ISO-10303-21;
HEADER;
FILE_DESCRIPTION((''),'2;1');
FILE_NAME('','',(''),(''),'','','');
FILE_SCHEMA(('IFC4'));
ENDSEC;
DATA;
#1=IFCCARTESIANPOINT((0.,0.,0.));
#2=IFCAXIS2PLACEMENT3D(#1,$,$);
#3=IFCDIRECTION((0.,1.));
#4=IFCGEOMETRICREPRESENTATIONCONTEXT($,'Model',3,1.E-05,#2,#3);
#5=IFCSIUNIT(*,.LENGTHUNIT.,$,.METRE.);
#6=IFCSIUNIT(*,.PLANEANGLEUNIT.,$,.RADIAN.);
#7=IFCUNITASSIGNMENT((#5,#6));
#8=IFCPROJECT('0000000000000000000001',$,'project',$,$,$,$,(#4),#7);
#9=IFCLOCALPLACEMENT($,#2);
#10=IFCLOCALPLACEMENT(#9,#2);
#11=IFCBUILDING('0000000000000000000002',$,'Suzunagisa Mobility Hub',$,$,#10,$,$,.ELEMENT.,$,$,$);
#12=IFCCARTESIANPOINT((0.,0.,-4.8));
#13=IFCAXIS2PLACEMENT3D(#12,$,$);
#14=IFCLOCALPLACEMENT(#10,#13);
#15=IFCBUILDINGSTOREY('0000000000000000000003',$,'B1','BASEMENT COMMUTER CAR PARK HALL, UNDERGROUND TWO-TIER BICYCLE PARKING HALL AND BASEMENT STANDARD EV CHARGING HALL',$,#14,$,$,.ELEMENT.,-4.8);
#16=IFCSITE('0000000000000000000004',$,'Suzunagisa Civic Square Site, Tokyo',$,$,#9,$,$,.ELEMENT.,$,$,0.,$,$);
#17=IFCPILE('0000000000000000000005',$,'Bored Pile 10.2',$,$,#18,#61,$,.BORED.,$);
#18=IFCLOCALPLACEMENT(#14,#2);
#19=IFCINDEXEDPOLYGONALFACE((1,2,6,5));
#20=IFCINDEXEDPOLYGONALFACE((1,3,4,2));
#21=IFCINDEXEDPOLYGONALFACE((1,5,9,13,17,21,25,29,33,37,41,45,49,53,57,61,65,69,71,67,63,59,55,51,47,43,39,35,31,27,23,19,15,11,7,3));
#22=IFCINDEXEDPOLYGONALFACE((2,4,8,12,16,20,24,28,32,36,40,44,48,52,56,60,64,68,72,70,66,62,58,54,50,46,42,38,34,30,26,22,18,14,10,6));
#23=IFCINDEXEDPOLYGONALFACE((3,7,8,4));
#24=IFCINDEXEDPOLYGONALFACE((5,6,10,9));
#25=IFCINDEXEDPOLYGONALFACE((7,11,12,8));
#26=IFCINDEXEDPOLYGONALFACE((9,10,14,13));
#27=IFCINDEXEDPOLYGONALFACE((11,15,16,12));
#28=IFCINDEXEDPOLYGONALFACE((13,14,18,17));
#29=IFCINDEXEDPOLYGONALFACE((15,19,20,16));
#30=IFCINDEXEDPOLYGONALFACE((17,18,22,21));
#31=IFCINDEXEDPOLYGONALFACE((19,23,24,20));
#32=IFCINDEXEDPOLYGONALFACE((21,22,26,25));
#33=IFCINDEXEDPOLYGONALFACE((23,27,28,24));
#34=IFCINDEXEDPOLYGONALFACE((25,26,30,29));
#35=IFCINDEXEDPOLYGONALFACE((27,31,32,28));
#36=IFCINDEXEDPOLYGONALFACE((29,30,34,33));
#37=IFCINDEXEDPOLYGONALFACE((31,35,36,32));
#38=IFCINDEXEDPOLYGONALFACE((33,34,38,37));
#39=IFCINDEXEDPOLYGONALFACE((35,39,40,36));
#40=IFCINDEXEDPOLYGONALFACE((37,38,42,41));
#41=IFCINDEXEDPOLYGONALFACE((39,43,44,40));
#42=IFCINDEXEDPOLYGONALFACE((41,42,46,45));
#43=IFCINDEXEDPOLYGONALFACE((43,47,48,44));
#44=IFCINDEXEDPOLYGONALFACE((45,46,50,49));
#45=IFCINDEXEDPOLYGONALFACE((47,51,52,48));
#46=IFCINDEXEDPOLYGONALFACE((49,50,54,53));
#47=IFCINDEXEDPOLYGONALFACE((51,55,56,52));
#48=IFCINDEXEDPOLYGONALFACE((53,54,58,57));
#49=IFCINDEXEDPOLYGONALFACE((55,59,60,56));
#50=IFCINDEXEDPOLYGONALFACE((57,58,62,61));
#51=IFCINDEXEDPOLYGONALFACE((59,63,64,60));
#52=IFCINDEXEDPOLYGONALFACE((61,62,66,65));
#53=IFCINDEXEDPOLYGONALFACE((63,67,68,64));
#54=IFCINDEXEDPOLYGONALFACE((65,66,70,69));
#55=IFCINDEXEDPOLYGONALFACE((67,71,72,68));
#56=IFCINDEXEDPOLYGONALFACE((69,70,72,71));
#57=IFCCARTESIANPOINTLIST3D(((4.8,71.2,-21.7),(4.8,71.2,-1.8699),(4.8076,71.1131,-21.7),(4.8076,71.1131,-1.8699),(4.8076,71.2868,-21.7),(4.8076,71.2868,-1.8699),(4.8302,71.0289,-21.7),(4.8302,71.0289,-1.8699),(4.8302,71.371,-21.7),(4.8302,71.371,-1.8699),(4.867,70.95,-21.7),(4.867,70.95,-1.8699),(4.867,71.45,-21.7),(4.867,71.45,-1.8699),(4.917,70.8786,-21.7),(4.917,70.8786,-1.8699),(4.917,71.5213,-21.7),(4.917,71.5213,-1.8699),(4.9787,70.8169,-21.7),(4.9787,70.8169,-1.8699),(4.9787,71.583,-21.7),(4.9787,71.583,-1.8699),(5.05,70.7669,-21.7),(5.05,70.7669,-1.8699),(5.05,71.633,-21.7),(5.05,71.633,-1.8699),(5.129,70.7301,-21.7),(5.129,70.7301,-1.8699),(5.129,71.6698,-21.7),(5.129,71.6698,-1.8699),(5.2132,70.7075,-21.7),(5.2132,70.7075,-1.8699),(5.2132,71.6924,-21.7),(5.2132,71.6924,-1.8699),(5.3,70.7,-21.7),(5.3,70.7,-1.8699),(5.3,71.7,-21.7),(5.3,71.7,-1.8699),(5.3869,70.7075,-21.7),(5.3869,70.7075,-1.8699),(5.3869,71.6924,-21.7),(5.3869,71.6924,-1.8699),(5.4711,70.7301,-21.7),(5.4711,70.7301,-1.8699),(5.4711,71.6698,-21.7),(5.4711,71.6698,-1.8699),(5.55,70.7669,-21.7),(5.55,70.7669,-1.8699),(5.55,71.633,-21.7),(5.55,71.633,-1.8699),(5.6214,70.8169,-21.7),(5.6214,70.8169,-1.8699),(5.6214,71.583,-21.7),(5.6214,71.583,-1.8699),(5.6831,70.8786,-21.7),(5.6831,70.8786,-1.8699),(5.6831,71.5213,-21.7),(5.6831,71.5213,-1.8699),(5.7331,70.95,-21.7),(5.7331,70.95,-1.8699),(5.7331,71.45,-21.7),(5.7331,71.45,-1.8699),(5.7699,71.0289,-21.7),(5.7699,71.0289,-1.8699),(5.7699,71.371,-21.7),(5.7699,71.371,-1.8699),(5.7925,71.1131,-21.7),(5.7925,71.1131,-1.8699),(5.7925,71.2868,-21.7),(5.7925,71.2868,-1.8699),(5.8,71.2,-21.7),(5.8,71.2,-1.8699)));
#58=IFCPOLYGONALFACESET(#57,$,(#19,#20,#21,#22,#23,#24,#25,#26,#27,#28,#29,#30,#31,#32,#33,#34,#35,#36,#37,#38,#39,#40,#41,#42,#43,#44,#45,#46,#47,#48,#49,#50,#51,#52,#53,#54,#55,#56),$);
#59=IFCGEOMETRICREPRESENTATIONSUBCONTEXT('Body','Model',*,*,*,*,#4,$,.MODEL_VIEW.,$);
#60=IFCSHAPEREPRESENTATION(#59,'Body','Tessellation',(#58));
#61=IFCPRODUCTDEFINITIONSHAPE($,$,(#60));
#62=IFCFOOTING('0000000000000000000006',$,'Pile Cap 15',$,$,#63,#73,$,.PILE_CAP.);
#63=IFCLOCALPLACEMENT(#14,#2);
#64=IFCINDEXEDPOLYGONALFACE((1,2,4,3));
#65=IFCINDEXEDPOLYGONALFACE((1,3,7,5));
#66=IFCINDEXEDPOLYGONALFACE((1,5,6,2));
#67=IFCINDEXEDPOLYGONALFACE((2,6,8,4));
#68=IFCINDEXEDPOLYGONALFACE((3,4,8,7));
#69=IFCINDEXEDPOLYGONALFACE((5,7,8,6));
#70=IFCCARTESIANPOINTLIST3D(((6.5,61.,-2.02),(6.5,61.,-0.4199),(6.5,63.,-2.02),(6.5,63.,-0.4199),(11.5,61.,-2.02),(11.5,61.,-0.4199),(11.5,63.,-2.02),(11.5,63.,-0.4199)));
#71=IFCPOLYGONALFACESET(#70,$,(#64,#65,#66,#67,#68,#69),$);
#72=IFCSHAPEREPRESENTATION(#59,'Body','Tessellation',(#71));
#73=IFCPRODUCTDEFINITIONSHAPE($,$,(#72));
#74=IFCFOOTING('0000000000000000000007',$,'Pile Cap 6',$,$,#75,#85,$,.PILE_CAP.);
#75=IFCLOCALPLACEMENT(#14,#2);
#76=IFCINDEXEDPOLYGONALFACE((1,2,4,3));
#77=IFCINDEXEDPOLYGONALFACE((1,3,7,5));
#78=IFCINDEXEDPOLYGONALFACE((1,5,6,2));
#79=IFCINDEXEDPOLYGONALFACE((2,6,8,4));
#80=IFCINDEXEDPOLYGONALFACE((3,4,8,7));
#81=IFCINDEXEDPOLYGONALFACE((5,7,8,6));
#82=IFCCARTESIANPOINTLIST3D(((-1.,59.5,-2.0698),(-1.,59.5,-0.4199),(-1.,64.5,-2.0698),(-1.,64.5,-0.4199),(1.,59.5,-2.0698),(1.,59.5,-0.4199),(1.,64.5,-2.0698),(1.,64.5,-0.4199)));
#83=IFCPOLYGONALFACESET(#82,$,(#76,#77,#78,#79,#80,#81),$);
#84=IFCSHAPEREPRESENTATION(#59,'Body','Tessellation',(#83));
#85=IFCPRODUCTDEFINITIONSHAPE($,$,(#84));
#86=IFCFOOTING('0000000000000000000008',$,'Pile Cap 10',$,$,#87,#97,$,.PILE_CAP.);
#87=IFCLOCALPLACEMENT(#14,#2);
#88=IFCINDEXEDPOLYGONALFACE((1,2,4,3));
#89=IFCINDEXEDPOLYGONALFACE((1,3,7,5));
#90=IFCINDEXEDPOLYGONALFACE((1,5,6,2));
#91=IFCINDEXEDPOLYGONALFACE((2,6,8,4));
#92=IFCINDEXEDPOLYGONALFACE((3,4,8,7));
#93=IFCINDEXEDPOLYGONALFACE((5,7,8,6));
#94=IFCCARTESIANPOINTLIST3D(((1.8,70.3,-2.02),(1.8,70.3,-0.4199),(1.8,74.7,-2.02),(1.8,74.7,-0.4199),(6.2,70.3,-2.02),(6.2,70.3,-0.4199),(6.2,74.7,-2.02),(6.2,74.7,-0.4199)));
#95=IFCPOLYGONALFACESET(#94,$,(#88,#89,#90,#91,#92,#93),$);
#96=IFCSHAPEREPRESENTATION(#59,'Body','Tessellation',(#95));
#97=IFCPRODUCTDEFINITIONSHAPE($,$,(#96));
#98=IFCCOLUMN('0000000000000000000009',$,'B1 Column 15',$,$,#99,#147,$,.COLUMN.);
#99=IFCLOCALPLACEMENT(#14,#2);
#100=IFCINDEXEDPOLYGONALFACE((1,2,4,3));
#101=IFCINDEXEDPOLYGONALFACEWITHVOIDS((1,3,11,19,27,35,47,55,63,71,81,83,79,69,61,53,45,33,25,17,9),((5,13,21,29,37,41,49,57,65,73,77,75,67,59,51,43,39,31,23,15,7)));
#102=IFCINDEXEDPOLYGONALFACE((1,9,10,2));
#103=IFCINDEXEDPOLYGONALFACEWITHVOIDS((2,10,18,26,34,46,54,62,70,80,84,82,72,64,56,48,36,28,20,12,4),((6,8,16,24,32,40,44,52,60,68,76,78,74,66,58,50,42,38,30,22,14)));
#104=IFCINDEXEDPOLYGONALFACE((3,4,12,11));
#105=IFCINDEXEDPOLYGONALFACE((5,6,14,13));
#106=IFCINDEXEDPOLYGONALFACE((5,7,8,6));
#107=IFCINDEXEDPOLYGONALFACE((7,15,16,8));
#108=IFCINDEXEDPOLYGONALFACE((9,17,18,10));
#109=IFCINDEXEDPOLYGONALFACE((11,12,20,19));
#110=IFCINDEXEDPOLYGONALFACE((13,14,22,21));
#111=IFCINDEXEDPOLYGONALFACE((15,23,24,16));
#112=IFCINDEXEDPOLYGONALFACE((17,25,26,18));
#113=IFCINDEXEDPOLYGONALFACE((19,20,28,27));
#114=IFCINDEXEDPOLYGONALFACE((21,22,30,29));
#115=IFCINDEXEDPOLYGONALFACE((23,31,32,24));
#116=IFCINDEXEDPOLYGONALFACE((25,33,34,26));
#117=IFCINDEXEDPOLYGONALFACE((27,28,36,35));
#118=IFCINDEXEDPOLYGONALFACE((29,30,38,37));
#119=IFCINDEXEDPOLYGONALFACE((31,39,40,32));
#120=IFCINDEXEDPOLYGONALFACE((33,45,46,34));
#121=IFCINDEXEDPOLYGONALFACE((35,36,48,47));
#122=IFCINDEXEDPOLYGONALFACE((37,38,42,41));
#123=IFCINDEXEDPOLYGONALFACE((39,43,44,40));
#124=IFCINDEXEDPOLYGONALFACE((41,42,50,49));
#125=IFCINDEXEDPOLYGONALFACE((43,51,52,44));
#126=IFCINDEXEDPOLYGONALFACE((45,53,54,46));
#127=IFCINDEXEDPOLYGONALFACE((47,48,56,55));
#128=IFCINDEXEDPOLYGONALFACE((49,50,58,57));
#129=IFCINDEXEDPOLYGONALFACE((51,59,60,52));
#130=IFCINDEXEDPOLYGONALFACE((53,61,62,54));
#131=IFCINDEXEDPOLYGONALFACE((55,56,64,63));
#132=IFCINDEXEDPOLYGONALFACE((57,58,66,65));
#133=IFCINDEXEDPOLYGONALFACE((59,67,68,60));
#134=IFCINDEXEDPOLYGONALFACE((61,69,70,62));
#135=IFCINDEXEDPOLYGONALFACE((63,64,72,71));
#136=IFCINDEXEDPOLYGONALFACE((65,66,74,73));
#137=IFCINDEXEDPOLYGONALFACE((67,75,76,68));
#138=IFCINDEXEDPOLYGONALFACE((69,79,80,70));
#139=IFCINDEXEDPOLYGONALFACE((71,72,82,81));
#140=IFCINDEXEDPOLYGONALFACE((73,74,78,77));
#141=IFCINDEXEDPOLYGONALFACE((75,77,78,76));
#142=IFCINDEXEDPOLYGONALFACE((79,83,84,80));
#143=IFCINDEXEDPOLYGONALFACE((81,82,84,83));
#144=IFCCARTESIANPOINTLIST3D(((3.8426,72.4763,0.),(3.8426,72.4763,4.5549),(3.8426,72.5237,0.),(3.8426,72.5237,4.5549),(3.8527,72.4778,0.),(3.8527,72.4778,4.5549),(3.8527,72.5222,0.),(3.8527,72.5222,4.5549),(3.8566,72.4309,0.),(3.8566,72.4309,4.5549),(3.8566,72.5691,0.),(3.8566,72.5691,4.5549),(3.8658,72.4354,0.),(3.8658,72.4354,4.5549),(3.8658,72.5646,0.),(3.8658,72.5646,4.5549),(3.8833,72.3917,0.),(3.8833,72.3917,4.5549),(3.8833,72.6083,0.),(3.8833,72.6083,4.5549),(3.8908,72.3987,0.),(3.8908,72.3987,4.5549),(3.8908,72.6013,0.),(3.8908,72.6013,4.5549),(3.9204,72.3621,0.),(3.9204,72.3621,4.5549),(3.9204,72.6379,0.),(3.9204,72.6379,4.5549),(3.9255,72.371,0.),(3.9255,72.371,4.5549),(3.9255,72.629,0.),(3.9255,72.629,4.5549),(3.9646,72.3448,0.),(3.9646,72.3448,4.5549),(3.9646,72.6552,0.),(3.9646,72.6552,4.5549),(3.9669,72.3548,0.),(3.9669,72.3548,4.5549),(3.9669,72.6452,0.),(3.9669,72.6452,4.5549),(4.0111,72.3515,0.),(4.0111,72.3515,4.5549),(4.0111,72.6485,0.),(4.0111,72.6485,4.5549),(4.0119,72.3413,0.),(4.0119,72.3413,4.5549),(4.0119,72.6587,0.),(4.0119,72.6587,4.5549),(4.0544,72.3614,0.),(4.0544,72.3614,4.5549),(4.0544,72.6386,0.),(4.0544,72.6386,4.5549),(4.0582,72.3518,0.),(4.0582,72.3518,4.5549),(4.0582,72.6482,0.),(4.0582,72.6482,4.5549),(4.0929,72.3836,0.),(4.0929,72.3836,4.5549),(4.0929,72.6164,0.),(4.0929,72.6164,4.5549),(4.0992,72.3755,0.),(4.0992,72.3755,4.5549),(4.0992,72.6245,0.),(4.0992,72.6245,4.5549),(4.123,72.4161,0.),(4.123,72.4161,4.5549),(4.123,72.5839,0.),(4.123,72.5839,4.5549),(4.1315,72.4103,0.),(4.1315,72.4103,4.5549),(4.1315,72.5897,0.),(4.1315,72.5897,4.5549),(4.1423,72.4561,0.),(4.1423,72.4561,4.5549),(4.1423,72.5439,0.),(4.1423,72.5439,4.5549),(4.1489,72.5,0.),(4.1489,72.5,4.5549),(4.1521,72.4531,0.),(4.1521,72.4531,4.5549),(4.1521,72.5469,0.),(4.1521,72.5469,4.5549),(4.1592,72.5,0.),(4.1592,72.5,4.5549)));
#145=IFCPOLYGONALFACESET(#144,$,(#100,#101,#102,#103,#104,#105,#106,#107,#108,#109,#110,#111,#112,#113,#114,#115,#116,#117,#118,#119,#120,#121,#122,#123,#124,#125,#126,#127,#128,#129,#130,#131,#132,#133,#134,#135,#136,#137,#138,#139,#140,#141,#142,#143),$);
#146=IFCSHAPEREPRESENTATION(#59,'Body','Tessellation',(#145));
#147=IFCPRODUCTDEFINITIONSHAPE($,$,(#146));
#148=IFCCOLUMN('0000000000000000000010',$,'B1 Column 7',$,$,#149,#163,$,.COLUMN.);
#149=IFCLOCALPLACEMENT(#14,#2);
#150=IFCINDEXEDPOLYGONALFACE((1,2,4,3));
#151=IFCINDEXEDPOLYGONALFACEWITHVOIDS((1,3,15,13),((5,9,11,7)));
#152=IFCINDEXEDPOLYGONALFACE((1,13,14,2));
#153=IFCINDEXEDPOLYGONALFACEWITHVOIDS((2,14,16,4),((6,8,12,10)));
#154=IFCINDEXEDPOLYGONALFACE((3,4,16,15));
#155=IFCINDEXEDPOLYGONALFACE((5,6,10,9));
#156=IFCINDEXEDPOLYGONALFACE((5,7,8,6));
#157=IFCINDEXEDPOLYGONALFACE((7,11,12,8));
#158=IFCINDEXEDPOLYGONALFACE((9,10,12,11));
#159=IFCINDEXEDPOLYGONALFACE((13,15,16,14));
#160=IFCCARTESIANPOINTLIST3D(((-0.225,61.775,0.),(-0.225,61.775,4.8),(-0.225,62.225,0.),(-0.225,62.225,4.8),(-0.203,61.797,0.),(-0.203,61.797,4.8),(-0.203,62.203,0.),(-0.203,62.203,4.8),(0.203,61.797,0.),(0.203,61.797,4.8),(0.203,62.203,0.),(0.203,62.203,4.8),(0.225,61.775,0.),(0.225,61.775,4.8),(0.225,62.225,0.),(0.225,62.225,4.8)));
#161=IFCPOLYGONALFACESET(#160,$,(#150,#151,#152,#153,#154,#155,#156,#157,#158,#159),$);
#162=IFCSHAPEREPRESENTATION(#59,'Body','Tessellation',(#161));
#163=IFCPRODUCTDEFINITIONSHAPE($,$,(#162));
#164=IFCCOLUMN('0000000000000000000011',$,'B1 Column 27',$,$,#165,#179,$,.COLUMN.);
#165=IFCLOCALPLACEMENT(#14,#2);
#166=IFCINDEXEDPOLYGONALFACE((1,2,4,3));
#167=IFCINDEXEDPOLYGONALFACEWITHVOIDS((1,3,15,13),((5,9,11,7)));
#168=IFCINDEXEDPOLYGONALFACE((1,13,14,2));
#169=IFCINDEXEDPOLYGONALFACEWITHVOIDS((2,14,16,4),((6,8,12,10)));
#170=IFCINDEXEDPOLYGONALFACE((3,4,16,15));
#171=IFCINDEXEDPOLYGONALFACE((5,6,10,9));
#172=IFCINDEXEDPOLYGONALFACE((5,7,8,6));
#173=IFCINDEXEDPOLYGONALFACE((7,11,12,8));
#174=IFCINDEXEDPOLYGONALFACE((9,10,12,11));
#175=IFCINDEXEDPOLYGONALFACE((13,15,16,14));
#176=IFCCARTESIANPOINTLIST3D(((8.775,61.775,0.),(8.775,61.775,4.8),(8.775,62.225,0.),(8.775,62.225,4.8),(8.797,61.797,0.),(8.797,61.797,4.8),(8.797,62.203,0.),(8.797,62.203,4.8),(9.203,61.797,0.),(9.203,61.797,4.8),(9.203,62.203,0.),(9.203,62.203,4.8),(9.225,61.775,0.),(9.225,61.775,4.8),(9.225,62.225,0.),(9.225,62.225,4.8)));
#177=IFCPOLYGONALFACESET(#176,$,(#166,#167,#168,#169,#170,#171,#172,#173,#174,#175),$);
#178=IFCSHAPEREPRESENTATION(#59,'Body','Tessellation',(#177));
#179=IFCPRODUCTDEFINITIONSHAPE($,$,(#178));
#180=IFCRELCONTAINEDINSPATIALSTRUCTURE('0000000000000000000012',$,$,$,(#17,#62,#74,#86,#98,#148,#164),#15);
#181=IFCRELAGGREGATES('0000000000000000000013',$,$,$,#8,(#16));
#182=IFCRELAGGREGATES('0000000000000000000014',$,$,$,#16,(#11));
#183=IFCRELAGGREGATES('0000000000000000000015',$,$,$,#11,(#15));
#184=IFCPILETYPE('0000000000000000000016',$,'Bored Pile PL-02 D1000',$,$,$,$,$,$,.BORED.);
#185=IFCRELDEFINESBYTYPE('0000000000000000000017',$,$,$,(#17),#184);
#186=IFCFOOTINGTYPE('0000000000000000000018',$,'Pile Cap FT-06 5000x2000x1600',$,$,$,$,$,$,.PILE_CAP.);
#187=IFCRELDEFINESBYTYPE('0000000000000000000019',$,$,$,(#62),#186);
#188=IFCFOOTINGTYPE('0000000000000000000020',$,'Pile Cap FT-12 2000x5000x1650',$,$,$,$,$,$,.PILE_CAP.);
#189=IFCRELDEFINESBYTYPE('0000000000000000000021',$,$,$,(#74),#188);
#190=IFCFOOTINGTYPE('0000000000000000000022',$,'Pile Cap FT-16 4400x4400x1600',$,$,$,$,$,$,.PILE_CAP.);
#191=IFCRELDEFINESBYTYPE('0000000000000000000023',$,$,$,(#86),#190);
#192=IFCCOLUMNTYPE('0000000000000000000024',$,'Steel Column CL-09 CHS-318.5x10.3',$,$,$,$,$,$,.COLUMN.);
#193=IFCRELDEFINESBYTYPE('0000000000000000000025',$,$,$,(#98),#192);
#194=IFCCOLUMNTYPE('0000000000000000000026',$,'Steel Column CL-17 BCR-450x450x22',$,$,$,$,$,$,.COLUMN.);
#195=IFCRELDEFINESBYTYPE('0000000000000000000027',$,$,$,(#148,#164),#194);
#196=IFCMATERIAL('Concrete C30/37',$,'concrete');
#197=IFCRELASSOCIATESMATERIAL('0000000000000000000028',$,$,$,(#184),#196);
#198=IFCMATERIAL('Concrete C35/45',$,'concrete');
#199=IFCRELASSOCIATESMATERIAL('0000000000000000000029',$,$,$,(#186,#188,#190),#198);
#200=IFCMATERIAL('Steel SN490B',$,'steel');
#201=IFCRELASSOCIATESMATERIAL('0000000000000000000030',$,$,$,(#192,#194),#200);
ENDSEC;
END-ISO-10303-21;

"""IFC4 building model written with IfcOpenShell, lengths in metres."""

from ifc_helpers import new_model, si_unit, direction, frame, origin, origin_2d, place, context, subcontext, project, spatial, rectangle, hollow_rectangle, circle, hollow_circle, extrude, material, material_profile, profile_set, type_object, element, save


model = new_model("IFC4")

# Units and contexts
model_context = context("Model", 3, precision=1e-05, world=origin(), true_north=direction((0.0, 1.0)))
body_context = subcontext(model_context, "Body", "Model", "MODEL_VIEW")
ifc_project = project(units=[si_unit("LENGTHUNIT", "METRE"), si_unit("PLANEANGLEUNIT", "RADIAN")], contexts=[model_context])

# Site, building, storey
site_placement = place(None, origin())
site = spatial("IfcSite", under=ifc_project, at=site_placement, Name="Suzunagisa Civic Square Site, Tokyo", CompositionType="ELEMENT", RefElevation=0.0)
building_placement = place(site_placement, origin())
building = spatial("IfcBuilding", under=site, at=building_placement, Name="Suzunagisa Mobility Hub", CompositionType="ELEMENT")
storey_placement = place(building_placement, frame((0.0, 0.0, -4.8)))
storey = spatial("IfcBuildingStorey", under=building, at=storey_placement, Name="B1", Description="BASEMENT COMMUTER CAR PARK HALL, UNDERGROUND TWO-TIER BICYCLE PARKING HALL AND BASEMENT STANDARD EV CHARGING HALL", CompositionType="ELEMENT", Elevation=-4.8)

# Pile
ifc_material_1 = material(Name="Concrete C30/37", Category="concrete")
ifc_material_profile_1 = material_profile(ifc_material_1, circle(Radius=0.5, at=origin_2d()), Name="BORED PILE D1000")
ifc_profile_set_1 = profile_set([ifc_material_profile_1], Name="Concrete C30/37")
pile_type_1 = type_object("IfcPileType", Name="Bored Pile PL-02 D1000", PredefinedType="BORED", material=ifc_profile_set_1)
for number, where, z_axis, x_axis, name in (
    (1, (5.3, 71.2, -1.8699), (0.0, 0.0, -1.0), (1.0, 0.0, 0.0), "Bored Pile 10.2"),
):
    element("IfcPile", number, at=place(storey_placement, frame(where, z_axis=z_axis, x_axis=x_axis)), inside=storey, type_object=pile_type_1, Name=name, PredefinedType="BORED", context=body_context, shape_type="SweptSolid", body=[
        extrude(circle(Radius=0.5, at=origin_2d()), origin(), (0.0, 0.0, 1.0), 19.8301),
    ])

# Footings
ifc_material_2 = material(Name="Concrete C35/45", Category="concrete")
footing_type_1 = type_object("IfcFootingType", Name="Pile Cap FT-06 5000x2000x1600", PredefinedType="PILE_CAP", material=ifc_material_2)
footing_1_placement = place(storey_placement, frame((9.0, 62.0, -2.02), z_axis=(0.0, 0.0, 1.0), x_axis=(1.0, 0.0, 0.0)))
element("IfcFooting", 2, at=footing_1_placement, inside=storey, type_object=footing_type_1, Name="Pile Cap 15", PredefinedType="PILE_CAP", context=body_context, shape_type="SweptSolid", body=[
    extrude(rectangle(XDim=5.0, YDim=2.0, at=origin_2d()), origin(), (0.0, 0.0, 1.0), 1.6001),
])
footing_type_2 = type_object("IfcFootingType", Name="Pile Cap FT-12 2000x5000x1650", PredefinedType="PILE_CAP", material=ifc_material_2)
footing_2_placement = place(storey_placement, frame((0.0, 62.0, -2.0698), z_axis=(0.0, 0.0, 1.0), x_axis=(1.0, 0.0, 0.0)))
element("IfcFooting", 3, at=footing_2_placement, inside=storey, type_object=footing_type_2, Name="Pile Cap 6", PredefinedType="PILE_CAP", context=body_context, shape_type="SweptSolid", body=[
    extrude(rectangle(XDim=2.0, YDim=5.0, at=origin_2d()), origin(), (0.0, 0.0, 1.0), 1.6499),
])
footing_type_3 = type_object("IfcFootingType", Name="Pile Cap FT-16 4400x4400x1600", PredefinedType="PILE_CAP", material=ifc_material_2)
footing_3_placement = place(storey_placement, frame((4.0, 72.5, -2.02), z_axis=(0.0, 0.0, 1.0), x_axis=(1.0, 0.0, 0.0)))
element("IfcFooting", 4, at=footing_3_placement, inside=storey, type_object=footing_type_3, Name="Pile Cap 10", PredefinedType="PILE_CAP", context=body_context, shape_type="SweptSolid", body=[
    extrude(rectangle(XDim=4.3999, YDim=4.3999, at=origin_2d()), origin(), (0.0, 0.0, 1.0), 1.6001),
])

# Columns
ifc_material_3 = material(Name="Steel SN490B", Category="steel")
ifc_material_profile_2 = material_profile(ifc_material_3, hollow_circle(Radius=0.1592, WallThickness=0.0103, at=origin_2d()), Name="CHS-318.5x10.3")
ifc_profile_set_2 = profile_set([ifc_material_profile_2], Name="Steel SN490B")
column_type_1 = type_object("IfcColumnType", Name="Steel Column CL-09 CHS-318.5x10.3", PredefinedType="COLUMN", material=ifc_profile_set_2)
column_placement = place(storey_placement, frame((4.0, 72.5, 0.0), z_axis=(0.0, 0.0, 1.0), x_axis=(1.0, 0.0, 0.0)))
element("IfcColumn", 5, at=column_placement, inside=storey, type_object=column_type_1, Name="B1 Column 15", PredefinedType="COLUMN", context=body_context, shape_type="SweptSolid", body=[
    extrude(hollow_circle(Radius=0.1592, WallThickness=0.0103, at=origin_2d()), origin(), (0.0, 0.0, 1.0), 4.5549),
])
ifc_material_profile_3 = material_profile(ifc_material_3, hollow_rectangle(XDim=0.45, YDim=0.45, WallThickness=0.022, at=origin_2d()), Name="BCR-450x450x22")
ifc_profile_set_3 = profile_set([ifc_material_profile_3], Name="Steel SN490B")
column_type_2 = type_object("IfcColumnType", Name="Steel Column CL-17 BCR-450x450x22", PredefinedType="COLUMN", material=ifc_profile_set_3)
for number, where, z_axis, x_axis, name in (
    (6, (0.0, 62.0, 0.0), (0.0, 0.0, 1.0), (1.0, 0.0, 0.0), "B1 Column 7"),
    (7, (9.0, 62.0, 0.0), (0.0, 0.0, 1.0), (1.0, 0.0, 0.0), "B1 Column 27"),
):
    element("IfcColumn", number, at=place(storey_placement, frame(where, z_axis=z_axis, x_axis=x_axis)), inside=storey, type_object=column_type_2, Name=name, PredefinedType="COLUMN", context=body_context, shape_type="SweptSolid", body=[
        extrude(hollow_rectangle(XDim=0.45, YDim=0.45, WallThickness=0.022, at=origin_2d()), origin(), (0.0, 0.0, 1.0), 4.8),
    ])

save(model, "model.ifc")
